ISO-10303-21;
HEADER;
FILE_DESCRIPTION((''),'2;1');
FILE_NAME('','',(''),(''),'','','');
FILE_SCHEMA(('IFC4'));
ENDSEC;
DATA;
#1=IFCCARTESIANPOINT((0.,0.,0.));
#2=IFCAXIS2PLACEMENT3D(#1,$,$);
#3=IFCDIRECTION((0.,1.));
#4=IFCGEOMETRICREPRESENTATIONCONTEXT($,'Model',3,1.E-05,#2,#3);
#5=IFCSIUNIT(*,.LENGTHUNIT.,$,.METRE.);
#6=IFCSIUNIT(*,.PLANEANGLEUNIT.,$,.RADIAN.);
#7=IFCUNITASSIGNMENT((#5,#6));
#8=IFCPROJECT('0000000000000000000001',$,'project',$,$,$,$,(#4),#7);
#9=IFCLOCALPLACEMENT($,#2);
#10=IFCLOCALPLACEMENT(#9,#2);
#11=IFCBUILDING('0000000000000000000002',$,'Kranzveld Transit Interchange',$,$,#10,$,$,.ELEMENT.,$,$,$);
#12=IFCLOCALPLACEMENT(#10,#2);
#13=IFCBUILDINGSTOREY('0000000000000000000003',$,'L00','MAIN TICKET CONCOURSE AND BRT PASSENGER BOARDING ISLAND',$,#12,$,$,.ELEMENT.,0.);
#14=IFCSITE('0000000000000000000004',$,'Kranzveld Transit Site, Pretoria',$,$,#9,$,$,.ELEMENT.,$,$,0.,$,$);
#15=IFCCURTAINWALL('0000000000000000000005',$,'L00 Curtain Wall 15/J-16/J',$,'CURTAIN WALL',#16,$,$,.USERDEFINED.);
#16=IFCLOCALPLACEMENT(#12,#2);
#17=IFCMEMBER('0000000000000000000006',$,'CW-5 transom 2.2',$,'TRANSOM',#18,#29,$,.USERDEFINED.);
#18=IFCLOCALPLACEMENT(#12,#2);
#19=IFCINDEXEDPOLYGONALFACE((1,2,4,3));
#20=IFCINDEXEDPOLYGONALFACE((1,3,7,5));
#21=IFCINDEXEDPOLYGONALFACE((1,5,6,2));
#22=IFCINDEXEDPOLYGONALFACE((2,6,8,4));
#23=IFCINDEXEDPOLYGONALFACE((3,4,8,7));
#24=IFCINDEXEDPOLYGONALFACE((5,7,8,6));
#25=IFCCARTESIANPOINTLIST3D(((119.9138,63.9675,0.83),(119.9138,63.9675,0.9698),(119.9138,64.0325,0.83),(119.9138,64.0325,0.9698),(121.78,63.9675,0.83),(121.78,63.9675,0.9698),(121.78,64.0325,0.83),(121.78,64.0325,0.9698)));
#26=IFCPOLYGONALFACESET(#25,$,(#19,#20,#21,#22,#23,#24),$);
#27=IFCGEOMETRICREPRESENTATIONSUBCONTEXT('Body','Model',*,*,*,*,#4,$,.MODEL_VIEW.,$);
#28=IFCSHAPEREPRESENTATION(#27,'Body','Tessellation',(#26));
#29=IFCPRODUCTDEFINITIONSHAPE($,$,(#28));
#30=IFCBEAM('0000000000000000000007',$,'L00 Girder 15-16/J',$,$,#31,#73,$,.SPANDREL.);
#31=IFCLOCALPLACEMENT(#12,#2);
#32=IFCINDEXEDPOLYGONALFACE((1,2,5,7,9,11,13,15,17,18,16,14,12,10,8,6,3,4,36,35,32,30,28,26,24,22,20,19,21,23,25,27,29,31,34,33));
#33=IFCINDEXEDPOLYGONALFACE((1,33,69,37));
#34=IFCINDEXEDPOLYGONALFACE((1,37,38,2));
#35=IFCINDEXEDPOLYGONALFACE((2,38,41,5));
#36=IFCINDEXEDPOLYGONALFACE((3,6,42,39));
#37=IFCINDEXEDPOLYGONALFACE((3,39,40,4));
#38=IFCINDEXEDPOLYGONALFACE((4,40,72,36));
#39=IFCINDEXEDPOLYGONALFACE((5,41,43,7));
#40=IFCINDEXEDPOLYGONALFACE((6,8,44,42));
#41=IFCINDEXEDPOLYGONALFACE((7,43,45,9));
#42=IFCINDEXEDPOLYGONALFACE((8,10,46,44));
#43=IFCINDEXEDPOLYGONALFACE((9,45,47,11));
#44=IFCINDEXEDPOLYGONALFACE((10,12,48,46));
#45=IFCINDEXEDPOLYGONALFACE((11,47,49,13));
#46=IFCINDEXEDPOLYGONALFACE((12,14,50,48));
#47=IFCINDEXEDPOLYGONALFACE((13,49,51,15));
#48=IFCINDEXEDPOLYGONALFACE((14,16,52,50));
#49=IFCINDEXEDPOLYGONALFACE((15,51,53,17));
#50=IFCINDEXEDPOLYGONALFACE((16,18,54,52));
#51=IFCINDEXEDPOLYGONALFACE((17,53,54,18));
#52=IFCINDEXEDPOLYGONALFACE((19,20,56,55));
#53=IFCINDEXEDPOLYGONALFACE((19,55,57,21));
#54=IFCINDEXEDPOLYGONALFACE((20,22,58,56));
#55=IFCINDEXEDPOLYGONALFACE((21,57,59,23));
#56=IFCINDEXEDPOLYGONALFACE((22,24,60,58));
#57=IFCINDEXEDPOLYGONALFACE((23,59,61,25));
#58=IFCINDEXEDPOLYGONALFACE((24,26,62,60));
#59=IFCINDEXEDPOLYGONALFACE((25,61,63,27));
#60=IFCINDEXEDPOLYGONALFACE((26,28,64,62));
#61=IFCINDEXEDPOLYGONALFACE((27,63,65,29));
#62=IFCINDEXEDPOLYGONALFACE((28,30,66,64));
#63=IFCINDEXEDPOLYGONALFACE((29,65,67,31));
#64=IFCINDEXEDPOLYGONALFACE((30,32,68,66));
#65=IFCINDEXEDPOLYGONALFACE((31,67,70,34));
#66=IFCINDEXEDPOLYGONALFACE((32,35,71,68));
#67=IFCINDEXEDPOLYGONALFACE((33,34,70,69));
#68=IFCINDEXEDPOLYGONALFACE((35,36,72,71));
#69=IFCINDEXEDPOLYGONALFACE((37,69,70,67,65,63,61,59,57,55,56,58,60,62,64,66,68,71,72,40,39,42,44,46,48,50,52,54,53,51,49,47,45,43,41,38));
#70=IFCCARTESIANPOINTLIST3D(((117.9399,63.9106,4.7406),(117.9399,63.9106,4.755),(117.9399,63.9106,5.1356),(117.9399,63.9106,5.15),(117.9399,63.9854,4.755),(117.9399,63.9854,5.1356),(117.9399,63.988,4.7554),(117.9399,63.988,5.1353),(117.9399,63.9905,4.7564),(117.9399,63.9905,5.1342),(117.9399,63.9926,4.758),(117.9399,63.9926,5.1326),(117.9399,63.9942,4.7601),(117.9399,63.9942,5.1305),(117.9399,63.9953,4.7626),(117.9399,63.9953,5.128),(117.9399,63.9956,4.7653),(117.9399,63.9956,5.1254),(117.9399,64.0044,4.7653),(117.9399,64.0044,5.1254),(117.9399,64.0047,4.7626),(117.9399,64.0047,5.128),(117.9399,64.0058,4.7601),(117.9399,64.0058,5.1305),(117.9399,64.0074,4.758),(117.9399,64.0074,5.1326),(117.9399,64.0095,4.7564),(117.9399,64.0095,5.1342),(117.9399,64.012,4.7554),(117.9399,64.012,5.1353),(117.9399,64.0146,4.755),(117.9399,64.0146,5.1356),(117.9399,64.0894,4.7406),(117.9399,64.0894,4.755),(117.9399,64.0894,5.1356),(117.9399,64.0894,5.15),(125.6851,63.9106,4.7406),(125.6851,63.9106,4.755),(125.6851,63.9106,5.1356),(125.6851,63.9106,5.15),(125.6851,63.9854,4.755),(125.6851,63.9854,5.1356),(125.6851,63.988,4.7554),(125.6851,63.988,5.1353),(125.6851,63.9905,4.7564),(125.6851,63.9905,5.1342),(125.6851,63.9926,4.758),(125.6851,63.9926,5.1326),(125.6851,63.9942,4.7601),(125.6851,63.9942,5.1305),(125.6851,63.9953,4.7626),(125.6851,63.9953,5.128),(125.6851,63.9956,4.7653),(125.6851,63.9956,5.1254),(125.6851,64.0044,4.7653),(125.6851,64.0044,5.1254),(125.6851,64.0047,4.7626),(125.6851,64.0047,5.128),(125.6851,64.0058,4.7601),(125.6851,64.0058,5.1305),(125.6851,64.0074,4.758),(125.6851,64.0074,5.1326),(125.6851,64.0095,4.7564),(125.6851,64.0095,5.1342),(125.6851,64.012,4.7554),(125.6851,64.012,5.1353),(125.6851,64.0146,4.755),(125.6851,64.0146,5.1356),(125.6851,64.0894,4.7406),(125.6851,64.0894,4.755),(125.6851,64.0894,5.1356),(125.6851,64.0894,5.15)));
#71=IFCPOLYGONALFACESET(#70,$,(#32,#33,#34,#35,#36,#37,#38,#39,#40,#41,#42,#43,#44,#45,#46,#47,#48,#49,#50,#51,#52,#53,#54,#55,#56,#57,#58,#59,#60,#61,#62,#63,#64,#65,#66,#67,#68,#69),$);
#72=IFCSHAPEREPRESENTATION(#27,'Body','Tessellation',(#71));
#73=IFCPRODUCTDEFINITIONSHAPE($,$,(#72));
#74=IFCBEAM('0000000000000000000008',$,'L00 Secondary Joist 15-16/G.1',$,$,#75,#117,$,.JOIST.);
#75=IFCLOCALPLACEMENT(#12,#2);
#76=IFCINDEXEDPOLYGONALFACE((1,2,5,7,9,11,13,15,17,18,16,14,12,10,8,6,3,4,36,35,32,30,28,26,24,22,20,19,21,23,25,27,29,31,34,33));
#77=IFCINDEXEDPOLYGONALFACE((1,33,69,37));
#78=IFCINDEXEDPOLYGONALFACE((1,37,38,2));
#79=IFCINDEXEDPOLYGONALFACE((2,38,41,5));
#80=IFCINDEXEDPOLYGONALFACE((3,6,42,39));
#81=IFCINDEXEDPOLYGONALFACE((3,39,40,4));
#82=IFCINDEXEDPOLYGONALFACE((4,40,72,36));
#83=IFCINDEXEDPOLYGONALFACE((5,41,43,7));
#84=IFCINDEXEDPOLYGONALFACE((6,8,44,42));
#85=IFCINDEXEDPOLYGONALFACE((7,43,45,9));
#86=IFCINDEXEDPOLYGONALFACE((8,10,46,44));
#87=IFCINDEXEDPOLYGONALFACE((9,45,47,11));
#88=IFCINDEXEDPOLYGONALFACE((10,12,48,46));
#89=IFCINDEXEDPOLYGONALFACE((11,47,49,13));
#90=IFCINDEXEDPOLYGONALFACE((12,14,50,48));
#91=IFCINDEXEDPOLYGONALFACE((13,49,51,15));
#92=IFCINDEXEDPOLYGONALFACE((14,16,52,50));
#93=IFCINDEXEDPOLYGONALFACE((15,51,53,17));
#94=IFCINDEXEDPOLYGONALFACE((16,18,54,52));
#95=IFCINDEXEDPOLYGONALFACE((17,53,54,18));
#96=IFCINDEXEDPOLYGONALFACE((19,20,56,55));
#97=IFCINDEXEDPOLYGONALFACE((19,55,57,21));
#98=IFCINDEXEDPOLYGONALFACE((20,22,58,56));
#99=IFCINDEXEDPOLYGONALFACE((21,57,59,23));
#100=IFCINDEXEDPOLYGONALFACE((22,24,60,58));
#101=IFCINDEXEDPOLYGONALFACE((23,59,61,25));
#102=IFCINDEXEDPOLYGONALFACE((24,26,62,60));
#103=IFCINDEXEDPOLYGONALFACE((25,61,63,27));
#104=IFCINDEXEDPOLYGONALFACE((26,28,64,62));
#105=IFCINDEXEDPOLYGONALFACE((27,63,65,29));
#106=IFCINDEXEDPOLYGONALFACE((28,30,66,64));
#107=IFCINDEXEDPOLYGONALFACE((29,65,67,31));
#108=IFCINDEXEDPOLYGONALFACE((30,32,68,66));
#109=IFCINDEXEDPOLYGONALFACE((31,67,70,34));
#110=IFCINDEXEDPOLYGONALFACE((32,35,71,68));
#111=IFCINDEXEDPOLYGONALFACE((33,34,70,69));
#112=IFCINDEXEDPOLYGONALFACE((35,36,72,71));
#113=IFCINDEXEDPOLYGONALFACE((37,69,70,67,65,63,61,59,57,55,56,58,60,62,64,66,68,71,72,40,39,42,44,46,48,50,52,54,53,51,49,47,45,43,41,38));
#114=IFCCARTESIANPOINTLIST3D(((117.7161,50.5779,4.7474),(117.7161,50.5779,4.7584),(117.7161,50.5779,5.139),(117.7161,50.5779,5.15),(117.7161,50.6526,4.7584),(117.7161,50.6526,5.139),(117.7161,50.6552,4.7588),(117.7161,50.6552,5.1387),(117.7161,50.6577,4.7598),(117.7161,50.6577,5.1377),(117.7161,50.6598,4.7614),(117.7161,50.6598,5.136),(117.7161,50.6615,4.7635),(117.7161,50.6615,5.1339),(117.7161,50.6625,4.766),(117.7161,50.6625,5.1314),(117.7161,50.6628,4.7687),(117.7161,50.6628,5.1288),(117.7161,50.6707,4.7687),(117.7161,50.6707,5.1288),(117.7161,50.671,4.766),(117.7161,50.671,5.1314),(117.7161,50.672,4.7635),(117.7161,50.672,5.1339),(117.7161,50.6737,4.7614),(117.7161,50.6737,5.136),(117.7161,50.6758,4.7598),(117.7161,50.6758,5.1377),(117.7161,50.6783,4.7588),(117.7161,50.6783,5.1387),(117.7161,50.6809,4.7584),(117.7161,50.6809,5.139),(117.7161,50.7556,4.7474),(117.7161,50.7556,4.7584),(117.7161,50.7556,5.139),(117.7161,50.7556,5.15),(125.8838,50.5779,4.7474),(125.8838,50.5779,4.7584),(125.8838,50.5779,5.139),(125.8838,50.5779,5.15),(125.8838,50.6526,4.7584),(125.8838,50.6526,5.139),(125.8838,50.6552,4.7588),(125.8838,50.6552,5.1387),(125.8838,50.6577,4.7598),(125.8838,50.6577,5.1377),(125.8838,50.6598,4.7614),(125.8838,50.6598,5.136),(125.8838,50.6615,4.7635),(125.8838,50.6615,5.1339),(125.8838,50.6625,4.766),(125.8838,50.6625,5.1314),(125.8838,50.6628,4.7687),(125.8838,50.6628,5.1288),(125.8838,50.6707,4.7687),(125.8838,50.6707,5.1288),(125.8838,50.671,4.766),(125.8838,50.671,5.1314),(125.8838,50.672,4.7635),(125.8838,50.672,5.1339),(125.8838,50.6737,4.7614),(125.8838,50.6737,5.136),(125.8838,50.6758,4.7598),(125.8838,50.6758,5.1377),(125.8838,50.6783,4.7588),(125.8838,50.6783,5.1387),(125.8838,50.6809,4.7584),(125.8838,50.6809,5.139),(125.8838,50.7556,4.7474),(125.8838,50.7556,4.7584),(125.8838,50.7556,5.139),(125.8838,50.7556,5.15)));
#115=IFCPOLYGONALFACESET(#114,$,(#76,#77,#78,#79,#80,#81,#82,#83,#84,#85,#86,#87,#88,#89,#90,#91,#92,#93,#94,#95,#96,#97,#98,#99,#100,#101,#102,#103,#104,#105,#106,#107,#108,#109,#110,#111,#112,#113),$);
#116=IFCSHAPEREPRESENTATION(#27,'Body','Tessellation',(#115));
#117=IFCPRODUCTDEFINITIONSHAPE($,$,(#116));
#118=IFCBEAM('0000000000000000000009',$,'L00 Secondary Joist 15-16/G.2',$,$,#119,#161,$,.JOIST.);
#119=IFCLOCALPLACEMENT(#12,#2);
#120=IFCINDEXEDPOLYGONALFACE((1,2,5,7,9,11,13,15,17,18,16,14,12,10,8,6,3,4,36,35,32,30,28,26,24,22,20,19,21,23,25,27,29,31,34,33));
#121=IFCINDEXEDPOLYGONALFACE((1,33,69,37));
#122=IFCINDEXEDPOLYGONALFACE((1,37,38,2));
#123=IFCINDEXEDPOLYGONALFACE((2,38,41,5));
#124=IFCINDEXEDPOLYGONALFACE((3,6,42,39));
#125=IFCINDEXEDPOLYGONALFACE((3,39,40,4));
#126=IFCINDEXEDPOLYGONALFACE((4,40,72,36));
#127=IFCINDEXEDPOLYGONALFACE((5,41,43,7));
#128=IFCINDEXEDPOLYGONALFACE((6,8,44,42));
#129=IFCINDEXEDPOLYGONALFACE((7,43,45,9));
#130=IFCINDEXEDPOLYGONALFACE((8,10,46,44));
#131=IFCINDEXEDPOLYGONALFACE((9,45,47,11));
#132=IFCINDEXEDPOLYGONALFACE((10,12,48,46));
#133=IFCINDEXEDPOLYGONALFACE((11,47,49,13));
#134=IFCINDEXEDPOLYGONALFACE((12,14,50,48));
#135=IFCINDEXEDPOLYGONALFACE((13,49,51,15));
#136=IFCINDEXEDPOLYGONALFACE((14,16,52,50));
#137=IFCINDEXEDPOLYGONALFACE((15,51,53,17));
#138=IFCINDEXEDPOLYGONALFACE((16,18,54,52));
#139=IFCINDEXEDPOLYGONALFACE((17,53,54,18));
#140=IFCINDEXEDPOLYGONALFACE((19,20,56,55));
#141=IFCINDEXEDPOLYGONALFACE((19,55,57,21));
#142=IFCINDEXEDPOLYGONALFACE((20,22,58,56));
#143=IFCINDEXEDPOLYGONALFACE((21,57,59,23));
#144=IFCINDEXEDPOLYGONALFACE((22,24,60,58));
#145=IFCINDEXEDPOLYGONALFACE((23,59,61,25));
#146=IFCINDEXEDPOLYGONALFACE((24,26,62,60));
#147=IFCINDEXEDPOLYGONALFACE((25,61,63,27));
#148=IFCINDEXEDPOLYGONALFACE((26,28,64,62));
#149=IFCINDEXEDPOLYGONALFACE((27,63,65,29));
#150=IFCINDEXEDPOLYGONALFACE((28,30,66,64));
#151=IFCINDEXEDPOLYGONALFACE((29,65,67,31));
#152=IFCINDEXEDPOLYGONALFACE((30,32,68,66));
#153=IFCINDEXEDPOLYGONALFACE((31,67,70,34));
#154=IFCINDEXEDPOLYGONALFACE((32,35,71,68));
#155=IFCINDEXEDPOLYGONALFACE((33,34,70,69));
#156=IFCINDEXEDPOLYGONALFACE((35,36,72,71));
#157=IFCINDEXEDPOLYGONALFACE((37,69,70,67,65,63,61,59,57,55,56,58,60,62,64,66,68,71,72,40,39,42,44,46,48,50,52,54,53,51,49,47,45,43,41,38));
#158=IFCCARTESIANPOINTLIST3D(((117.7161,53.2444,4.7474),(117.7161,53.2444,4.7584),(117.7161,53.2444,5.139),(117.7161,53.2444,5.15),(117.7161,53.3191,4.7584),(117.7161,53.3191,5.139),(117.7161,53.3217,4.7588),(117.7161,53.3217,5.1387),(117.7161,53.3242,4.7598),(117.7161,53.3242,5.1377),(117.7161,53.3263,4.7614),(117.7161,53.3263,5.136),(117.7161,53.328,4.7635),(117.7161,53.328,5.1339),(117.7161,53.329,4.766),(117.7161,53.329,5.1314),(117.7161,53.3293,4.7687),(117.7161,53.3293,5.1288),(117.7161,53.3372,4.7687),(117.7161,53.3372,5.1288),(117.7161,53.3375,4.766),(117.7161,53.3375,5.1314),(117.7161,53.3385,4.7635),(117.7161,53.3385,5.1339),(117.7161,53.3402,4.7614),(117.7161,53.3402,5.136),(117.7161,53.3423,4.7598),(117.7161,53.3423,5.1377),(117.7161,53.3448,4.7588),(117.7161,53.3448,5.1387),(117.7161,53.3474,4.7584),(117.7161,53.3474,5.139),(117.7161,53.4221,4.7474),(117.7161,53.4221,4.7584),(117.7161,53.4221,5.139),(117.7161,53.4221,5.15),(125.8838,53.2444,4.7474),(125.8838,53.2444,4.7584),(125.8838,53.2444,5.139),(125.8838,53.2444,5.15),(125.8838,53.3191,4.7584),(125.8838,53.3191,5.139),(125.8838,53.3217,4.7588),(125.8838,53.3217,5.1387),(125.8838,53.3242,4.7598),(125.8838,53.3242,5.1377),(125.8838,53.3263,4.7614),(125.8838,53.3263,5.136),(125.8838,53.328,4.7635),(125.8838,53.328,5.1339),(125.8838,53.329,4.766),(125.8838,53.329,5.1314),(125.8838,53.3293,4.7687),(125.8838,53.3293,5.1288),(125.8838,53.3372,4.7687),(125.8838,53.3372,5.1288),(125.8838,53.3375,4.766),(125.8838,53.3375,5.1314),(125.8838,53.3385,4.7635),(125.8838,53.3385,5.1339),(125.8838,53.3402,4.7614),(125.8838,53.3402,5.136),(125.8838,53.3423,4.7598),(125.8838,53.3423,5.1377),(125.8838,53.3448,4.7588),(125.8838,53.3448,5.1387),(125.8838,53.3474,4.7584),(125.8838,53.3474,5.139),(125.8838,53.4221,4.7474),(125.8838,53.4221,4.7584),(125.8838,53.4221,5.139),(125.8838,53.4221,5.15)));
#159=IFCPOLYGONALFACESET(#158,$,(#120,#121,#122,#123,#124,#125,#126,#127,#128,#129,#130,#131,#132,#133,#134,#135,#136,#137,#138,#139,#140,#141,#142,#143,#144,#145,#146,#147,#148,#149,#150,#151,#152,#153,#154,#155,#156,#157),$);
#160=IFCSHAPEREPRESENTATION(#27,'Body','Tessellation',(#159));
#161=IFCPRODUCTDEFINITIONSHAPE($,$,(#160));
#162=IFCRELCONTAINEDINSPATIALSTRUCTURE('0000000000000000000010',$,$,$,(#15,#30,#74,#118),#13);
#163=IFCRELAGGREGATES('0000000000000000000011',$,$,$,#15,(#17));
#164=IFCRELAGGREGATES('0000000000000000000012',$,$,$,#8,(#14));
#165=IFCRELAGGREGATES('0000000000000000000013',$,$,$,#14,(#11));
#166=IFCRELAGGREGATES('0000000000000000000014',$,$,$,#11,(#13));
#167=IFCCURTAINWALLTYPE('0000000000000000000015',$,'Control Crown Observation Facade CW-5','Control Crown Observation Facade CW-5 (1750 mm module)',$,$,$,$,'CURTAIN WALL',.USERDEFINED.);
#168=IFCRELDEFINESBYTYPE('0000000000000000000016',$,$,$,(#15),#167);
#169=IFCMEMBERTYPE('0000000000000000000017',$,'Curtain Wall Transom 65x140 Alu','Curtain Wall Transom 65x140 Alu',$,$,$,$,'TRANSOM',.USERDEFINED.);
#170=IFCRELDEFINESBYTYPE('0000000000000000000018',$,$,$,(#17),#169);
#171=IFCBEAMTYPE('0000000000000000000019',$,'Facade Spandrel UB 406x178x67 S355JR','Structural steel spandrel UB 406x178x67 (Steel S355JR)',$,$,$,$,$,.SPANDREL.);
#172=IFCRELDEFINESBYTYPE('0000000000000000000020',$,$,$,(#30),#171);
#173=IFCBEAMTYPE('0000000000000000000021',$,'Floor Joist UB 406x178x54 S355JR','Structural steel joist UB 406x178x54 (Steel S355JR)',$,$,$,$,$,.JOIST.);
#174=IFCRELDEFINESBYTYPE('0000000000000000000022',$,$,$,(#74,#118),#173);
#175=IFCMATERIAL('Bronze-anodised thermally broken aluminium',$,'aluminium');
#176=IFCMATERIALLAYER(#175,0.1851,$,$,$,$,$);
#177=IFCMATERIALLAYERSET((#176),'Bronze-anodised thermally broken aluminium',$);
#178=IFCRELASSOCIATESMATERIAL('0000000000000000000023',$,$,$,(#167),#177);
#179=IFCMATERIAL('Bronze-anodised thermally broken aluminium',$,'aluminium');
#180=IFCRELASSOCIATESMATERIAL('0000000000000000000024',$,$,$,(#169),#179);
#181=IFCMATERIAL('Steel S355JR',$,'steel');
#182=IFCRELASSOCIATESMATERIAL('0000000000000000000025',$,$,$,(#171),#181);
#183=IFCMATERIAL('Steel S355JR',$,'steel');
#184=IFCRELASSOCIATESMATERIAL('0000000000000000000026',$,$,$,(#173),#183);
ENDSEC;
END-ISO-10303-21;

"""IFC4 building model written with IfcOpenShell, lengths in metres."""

from ifc_helpers import new_model, si_unit, direction, frame, origin, origin_2d, place, context, subcontext, project, spatial, rectangle, i_section, extrude, material, layer, layer_set, material_profile, profile_set, type_object, element, aggregate, save


model = new_model("IFC4")

# Units and contexts
model_context = context("Model", 3, precision=1e-05, world=origin(), true_north=direction((0.0, 1.0)))
body_context = subcontext(model_context, "Body", "Model", "MODEL_VIEW")
ifc_project = project(units=[si_unit("LENGTHUNIT", "METRE"), si_unit("PLANEANGLEUNIT", "RADIAN")], contexts=[model_context])

# Site, building, storey
site_placement = place(None, origin())
site = spatial("IfcSite", under=ifc_project, at=site_placement, Name="Kranzveld Transit Site, Pretoria", CompositionType="ELEMENT", RefElevation=0.0)
building_placement = place(site_placement, origin())
building = spatial("IfcBuilding", under=site, at=building_placement, Name="Kranzveld Transit Interchange", CompositionType="ELEMENT")
storey_placement = place(building_placement, origin())
storey = spatial("IfcBuildingStorey", under=building, at=storey_placement, Name="L00", Description="MAIN TICKET CONCOURSE AND BRT PASSENGER BOARDING ISLAND", CompositionType="ELEMENT", Elevation=0.0)

# Curtain wall, member
ifc_material_1 = material(Name="Bronze-anodised thermally broken aluminium", Category="aluminium")
ifc_layer_1 = layer(ifc_material_1, 0.1851)
ifc_layer_set_1 = layer_set([ifc_layer_1], Name="Bronze-anodised thermally broken aluminium")
curtain_wall_type = type_object("IfcCurtainWallType", Name="Control Crown Observation Facade CW-5", Description="Control Crown Observation Facade CW-5 (1750 mm module)", ElementType="CURTAIN WALL", PredefinedType="USERDEFINED", material=ifc_layer_set_1)
curtain_wall_placement = place(storey_placement, origin())
curtain_wall = element("IfcCurtainWall", 1, at=curtain_wall_placement, inside=storey, type_object=curtain_wall_type, Name="L00 Curtain Wall 15/J-16/J", ObjectType="CURTAIN WALL", PredefinedType="USERDEFINED")
ifc_material_2 = material(Name="Bronze-anodised thermally broken aluminium", Category="aluminium")
ifc_material_profile_1 = material_profile(ifc_material_2, rectangle(XDim=0.0649, YDim=0.1399, at=origin_2d()), Name="ALU TRANSOM 65x140")
ifc_profile_set_1 = profile_set([ifc_material_profile_1], Name="Bronze-anodised thermally broken aluminium")
member_type_1 = type_object("IfcMemberType", Name="Curtain Wall Transom 65x140 Alu", Description="Curtain Wall Transom 65x140 Alu", ElementType="TRANSOM", PredefinedType="USERDEFINED", material=ifc_profile_set_1)
member_1_placement = place(storey_placement, frame((119.9138, 64.0, 0.8999), z_axis=(1.0, 0.0, 0.0), x_axis=(0.0, 1.0, 0.0)))
member_1 = element("IfcMember", 2, at=member_1_placement, type_object=member_type_1, Name="CW-5 transom 2.2", ObjectType="TRANSOM", PredefinedType="USERDEFINED", context=body_context, shape_type="SweptSolid", body=[
    extrude(rectangle(XDim=0.0649, YDim=0.1399, at=origin_2d()), origin(), (0.0, 0.0, 1.0), 1.8662),
])

# Beams
ifc_material_3 = material(Name="Steel S355JR", Category="steel")
ifc_material_profile_2 = material_profile(ifc_material_3, i_section(OverallWidth=0.1787, OverallDepth=0.4094, WebThickness=0.0088, FlangeThickness=0.0144, FilletRadius=0.0103, at=origin_2d()), Name="UB 406x178x67")
ifc_profile_set_2 = profile_set([ifc_material_profile_2], Name="Steel S355JR")
beam_type_1 = type_object("IfcBeamType", Name="Facade Spandrel UB 406x178x67 S355JR", Description="Structural steel spandrel UB 406x178x67 (Steel S355JR)", PredefinedType="SPANDREL", material=ifc_profile_set_2)
beam_1_placement = place(storey_placement, frame((117.9399, 64.0, 4.9453), z_axis=(1.0, 0.0, 0.0), x_axis=(0.0, 1.0, 0.0)))
element("IfcBeam", 3, at=beam_1_placement, inside=storey, type_object=beam_type_1, Name="L00 Girder 15-16/J", PredefinedType="SPANDREL", context=body_context, shape_type="SweptSolid", body=[
    extrude(i_section(OverallWidth=0.1787, OverallDepth=0.4094, WebThickness=0.0088, FlangeThickness=0.0144, FilletRadius=0.0103, at=origin_2d()), origin(), (0.0, 0.0, 1.0), 7.7451),
])
ifc_material_4 = material(Name="Steel S355JR", Category="steel")
ifc_material_profile_3 = material_profile(ifc_material_4, i_section(OverallWidth=0.1777, OverallDepth=0.4026, WebThickness=0.0078, FlangeThickness=0.011, FilletRadius=0.0103, at=origin_2d()), Name="UB 406x178x54")
ifc_profile_set_3 = profile_set([ifc_material_profile_3], Name="Steel S355JR")
beam_type_2 = type_object("IfcBeamType", Name="Floor Joist UB 406x178x54 S355JR", Description="Structural steel joist UB 406x178x54 (Steel S355JR)", PredefinedType="JOIST", material=ifc_profile_set_3)
for number, where, z_axis, x_axis, name in (
    (4, (117.7161, 50.6667, 4.9487), (1.0, 0.0, 0.0), (0.0, 1.0, 0.0), "L00 Secondary Joist 15-16/G.1"),
    (5, (117.7161, 53.3333, 4.9487), (1.0, 0.0, 0.0), (0.0, 1.0, 0.0), "L00 Secondary Joist 15-16/G.2"),
):
    element("IfcBeam", number, at=place(storey_placement, frame(where, z_axis=z_axis, x_axis=x_axis)), inside=storey, type_object=beam_type_2, Name=name, PredefinedType="JOIST", context=body_context, shape_type="SweptSolid", body=[
        extrude(i_section(OverallWidth=0.1777, OverallDepth=0.4026, WebThickness=0.0078, FlangeThickness=0.011, FilletRadius=0.0103, at=origin_2d()), origin(), (0.0, 0.0, 1.0), 8.1677),
    ])

aggregate(curtain_wall, [member_1])

save(model, "model.ifc")
